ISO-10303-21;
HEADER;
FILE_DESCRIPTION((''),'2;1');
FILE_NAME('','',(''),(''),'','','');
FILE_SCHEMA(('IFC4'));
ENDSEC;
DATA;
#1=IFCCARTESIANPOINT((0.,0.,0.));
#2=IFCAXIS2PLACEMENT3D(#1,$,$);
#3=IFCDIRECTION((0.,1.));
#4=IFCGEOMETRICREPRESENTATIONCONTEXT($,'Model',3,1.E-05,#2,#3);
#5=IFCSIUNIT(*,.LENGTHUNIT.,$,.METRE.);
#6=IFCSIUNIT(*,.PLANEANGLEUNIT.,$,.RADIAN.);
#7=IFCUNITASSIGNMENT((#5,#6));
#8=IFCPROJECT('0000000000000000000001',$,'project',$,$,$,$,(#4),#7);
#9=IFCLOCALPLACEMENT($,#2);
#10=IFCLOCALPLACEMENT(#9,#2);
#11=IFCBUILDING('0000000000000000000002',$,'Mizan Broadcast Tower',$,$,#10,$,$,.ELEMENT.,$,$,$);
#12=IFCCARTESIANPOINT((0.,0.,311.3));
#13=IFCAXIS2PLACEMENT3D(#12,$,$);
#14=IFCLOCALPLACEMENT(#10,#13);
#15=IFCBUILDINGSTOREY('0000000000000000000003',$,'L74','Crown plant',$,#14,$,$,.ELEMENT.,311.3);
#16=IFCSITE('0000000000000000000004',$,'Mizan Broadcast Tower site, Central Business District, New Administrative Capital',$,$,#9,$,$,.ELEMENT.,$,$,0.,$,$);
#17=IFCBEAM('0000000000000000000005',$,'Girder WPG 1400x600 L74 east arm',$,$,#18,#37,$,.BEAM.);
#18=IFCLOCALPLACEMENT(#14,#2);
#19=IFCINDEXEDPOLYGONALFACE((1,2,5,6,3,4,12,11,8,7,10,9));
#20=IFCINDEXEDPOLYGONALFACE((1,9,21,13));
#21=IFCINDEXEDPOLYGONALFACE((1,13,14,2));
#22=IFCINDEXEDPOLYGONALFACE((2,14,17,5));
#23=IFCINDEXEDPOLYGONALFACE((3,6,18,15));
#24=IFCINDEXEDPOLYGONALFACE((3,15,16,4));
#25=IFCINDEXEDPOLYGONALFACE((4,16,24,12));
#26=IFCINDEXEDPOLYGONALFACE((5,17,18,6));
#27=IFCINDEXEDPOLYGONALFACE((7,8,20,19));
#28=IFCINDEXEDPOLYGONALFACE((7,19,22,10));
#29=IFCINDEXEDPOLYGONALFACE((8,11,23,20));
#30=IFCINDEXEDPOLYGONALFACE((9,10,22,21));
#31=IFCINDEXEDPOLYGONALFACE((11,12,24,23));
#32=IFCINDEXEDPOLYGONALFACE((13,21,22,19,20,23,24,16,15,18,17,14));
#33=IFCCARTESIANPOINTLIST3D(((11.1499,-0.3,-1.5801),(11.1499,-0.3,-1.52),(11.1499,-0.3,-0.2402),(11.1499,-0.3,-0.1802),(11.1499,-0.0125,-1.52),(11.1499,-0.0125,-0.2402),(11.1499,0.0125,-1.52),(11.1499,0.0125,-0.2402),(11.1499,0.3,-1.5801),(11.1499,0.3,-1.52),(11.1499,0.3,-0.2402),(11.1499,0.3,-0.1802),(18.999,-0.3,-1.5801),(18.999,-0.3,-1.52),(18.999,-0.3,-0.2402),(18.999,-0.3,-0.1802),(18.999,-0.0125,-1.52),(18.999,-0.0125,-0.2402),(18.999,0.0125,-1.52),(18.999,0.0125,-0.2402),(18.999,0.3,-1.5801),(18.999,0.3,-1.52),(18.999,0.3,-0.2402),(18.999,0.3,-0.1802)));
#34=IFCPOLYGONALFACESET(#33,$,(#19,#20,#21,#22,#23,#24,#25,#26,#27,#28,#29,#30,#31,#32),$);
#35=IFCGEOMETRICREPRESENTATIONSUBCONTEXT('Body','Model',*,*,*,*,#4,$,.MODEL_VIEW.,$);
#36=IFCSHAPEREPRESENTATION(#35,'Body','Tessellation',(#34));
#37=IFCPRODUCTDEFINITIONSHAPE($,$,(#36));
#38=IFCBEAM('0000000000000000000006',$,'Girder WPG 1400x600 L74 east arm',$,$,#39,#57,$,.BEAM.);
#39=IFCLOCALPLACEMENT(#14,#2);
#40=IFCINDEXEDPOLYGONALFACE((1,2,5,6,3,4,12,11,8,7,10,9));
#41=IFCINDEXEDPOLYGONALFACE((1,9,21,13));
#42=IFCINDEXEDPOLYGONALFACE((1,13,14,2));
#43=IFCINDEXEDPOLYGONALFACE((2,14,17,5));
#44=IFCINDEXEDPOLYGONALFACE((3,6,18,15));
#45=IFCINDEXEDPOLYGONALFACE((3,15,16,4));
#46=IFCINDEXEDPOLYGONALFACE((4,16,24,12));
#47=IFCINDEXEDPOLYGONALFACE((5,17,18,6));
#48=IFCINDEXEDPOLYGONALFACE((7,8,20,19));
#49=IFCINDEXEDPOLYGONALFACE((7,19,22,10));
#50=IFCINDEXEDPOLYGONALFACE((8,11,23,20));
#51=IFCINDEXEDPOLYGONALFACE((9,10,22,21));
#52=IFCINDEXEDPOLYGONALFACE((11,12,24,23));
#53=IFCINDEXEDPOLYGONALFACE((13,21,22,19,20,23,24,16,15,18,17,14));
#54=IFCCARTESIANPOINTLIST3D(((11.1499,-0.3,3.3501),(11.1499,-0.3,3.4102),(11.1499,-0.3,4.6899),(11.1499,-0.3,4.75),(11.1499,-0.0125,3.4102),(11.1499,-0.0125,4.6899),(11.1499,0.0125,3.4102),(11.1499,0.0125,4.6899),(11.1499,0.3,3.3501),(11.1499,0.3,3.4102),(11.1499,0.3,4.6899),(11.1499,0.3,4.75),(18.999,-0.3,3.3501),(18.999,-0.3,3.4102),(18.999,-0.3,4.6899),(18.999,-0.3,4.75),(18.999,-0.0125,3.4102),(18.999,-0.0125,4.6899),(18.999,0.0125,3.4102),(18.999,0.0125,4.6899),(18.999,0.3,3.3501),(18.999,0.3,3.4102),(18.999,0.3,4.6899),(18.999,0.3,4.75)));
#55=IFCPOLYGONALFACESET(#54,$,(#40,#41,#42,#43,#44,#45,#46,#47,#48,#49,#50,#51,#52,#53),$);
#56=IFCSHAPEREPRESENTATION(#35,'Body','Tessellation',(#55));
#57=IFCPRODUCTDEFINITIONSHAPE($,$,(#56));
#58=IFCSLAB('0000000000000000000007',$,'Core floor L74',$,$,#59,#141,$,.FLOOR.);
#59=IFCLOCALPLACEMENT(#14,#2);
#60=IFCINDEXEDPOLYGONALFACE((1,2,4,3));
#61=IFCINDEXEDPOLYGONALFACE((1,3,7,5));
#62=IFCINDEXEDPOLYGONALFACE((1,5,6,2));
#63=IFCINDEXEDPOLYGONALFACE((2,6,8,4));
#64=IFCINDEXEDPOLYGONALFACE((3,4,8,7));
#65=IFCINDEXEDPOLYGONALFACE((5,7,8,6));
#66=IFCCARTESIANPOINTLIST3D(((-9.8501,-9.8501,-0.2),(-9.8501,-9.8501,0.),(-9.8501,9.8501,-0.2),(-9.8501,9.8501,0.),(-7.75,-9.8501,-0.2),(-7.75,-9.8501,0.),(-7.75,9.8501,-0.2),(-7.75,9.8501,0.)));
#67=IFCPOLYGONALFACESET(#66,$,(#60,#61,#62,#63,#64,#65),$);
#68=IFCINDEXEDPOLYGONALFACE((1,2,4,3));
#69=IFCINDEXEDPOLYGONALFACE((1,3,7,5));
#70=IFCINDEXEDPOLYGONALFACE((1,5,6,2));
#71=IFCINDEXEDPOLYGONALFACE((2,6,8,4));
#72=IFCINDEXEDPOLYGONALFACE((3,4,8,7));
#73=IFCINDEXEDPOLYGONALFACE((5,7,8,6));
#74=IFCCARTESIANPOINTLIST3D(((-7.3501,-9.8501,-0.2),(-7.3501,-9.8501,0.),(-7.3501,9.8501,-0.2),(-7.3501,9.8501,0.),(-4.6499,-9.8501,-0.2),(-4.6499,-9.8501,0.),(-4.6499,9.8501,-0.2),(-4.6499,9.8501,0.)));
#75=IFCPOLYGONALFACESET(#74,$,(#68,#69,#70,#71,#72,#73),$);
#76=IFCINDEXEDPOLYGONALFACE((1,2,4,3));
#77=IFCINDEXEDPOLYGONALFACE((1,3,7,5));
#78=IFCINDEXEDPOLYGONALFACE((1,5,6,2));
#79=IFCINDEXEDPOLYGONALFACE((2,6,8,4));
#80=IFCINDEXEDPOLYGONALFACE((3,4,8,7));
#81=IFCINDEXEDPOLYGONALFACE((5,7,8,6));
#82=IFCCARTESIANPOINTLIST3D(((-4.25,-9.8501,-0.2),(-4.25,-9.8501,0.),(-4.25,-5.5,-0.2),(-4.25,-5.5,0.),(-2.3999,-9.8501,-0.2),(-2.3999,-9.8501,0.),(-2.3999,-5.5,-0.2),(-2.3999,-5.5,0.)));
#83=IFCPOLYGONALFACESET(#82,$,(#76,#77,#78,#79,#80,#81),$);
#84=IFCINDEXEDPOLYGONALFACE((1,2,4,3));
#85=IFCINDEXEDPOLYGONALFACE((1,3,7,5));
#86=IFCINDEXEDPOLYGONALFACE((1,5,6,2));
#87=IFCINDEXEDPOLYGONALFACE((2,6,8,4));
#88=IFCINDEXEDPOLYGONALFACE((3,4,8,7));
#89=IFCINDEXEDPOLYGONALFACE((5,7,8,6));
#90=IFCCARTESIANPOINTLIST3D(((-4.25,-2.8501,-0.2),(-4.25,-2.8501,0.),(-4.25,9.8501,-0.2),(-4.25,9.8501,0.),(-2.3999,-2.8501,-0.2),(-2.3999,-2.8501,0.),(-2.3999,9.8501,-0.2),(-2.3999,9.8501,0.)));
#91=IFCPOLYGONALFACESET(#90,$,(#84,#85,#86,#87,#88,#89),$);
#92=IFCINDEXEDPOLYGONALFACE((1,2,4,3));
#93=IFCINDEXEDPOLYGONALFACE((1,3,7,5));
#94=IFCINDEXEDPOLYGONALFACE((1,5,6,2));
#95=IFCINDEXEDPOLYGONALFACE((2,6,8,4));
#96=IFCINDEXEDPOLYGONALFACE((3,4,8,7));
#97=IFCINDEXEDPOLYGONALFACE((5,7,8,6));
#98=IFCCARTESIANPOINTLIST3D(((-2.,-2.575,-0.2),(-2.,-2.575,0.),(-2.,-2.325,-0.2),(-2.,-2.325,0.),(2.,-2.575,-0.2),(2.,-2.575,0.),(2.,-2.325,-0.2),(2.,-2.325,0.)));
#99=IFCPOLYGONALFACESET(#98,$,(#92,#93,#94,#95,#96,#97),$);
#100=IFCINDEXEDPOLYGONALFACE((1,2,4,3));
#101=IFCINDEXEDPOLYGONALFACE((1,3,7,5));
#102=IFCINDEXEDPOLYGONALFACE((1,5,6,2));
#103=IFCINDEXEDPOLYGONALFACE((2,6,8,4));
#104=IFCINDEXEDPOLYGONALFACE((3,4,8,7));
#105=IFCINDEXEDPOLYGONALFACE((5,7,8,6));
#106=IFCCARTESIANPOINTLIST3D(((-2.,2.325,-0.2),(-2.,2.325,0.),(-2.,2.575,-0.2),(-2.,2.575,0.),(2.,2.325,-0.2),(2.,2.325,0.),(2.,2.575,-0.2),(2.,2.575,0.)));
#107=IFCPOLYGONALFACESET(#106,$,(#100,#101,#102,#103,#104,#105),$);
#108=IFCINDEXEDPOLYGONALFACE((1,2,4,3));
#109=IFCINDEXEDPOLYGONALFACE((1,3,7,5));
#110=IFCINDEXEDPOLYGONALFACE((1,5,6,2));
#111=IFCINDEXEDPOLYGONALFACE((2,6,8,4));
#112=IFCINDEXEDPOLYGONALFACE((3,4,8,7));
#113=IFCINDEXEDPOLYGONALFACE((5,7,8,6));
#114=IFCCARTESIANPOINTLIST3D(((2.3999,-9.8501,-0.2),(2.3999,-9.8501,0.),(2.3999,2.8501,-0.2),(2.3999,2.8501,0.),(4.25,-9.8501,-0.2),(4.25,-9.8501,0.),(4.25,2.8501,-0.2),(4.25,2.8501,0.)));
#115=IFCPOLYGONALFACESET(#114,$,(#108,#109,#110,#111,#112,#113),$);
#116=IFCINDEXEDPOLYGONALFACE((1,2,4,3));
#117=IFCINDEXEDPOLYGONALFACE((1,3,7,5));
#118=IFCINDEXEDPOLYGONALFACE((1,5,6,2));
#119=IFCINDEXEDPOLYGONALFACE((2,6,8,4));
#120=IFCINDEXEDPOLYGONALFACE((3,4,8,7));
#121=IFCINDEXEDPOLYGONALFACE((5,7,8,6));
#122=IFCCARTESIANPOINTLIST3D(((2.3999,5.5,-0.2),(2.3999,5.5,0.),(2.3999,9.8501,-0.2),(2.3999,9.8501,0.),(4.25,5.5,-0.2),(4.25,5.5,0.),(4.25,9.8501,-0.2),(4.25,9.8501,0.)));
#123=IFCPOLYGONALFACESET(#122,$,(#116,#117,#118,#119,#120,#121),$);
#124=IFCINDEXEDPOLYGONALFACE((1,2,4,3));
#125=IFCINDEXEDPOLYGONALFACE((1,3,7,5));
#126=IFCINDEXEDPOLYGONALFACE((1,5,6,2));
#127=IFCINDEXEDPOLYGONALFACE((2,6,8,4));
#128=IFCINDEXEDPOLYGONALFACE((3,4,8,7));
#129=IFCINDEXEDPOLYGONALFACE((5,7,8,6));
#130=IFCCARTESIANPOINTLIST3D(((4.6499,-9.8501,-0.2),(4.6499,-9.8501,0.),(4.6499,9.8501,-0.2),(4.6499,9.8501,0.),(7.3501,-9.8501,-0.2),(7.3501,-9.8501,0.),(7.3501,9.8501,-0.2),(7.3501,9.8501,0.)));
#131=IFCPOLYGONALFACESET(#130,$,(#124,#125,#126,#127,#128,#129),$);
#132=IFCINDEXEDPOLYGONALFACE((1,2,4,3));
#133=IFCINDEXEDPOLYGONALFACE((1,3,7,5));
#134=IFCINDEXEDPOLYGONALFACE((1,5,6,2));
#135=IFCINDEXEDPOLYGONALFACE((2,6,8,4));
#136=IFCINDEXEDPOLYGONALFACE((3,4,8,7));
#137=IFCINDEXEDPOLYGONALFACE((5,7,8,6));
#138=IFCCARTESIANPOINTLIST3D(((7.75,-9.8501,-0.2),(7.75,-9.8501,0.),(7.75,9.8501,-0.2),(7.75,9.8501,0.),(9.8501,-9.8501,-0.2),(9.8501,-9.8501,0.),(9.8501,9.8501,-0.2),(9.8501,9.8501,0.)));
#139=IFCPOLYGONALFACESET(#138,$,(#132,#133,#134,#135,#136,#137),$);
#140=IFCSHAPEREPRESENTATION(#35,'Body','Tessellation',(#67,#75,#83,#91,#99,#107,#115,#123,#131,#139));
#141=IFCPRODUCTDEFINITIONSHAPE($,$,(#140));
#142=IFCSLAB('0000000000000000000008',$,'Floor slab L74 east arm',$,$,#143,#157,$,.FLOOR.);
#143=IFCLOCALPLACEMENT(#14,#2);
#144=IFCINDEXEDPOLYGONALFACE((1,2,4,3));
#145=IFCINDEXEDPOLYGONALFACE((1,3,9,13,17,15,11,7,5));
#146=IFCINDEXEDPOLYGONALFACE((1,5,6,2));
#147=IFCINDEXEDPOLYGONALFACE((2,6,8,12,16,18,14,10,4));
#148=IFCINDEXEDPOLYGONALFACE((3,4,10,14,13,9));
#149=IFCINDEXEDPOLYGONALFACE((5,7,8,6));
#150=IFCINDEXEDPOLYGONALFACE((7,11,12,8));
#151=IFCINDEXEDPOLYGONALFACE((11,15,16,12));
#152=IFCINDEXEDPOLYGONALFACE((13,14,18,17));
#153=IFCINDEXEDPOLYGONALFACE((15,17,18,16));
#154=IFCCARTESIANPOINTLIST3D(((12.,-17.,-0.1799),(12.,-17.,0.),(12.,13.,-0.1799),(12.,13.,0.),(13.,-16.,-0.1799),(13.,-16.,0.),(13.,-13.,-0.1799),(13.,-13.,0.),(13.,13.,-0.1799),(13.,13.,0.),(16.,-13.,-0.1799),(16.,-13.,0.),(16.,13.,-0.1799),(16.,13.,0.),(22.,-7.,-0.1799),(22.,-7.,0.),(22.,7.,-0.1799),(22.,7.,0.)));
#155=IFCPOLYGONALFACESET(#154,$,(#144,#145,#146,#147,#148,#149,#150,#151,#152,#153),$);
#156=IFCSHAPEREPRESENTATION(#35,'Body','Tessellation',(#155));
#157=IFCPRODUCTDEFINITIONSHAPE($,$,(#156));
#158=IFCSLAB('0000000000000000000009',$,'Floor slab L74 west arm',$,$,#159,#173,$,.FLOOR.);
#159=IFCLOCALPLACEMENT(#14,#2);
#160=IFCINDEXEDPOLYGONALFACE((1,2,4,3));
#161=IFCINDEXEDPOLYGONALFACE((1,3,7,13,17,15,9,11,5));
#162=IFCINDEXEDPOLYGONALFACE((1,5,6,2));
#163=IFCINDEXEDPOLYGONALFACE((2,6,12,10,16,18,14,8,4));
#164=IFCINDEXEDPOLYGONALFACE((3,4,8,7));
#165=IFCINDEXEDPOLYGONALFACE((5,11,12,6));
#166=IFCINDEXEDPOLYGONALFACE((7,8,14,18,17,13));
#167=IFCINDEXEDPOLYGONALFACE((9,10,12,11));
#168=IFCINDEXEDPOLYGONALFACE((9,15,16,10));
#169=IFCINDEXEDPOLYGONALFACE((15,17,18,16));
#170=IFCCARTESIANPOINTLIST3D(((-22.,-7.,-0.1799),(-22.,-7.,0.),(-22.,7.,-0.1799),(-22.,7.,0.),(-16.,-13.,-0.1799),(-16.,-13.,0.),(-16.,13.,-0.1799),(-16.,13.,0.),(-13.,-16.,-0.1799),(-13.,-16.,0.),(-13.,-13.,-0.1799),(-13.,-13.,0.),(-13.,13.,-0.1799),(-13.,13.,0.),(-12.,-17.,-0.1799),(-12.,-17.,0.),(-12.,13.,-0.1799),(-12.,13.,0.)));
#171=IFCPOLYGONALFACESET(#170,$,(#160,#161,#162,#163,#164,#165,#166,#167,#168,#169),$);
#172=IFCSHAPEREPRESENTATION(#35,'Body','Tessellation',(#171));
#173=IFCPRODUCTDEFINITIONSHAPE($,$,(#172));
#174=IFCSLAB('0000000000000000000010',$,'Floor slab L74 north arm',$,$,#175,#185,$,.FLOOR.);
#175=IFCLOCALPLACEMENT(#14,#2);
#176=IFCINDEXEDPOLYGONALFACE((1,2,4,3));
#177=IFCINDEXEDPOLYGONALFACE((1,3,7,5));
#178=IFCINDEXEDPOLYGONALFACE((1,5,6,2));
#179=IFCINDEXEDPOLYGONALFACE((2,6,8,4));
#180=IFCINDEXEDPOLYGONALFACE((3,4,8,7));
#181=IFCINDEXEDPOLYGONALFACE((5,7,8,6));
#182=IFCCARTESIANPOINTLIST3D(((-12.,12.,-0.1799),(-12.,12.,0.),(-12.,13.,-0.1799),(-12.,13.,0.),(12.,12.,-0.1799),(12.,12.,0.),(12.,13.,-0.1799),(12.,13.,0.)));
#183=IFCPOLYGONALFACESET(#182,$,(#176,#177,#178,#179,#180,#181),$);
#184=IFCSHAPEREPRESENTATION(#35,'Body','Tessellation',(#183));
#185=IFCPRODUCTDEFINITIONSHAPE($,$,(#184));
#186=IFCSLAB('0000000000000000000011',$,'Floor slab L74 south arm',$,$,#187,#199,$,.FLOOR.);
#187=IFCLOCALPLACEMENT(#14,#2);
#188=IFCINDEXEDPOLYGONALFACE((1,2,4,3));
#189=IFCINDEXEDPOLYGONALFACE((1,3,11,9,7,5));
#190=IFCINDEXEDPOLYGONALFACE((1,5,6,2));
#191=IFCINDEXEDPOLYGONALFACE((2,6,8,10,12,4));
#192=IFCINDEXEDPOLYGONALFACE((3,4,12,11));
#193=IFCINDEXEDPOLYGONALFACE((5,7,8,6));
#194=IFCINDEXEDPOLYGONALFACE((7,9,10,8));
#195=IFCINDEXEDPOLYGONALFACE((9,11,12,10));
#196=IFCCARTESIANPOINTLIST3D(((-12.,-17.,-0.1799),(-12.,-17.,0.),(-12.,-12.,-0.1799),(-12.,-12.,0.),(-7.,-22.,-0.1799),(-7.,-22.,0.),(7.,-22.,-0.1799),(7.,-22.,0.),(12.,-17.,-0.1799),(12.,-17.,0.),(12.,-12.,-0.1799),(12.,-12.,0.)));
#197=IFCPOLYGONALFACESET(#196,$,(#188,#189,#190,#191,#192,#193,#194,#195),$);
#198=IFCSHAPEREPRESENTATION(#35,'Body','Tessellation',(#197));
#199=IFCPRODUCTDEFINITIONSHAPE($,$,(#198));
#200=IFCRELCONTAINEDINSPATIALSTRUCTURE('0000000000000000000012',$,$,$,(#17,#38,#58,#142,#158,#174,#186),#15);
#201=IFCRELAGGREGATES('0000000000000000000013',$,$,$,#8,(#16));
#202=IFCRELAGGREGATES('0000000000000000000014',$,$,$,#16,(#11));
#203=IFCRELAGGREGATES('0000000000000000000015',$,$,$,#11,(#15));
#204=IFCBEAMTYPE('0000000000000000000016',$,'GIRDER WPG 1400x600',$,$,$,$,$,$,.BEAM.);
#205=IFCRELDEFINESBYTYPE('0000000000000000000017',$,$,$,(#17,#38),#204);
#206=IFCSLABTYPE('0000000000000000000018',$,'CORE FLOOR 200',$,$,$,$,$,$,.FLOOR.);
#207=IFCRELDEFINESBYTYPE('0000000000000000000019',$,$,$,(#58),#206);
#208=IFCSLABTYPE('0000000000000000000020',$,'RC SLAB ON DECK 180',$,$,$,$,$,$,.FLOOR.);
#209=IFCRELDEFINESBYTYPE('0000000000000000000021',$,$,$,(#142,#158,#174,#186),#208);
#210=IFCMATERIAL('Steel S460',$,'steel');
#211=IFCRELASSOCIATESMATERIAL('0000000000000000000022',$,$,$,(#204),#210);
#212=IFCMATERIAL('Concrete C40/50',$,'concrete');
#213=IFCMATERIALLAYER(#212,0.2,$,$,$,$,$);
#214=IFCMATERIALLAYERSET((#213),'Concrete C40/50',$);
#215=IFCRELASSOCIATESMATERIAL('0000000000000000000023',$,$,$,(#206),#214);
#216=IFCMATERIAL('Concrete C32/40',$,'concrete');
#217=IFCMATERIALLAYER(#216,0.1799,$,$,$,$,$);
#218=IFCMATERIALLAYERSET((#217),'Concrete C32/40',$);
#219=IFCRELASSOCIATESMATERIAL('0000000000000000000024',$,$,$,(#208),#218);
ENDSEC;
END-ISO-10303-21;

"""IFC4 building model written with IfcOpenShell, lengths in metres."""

from ifc_helpers import new_model, si_unit, direction, frame, origin, origin_2d, place, context, subcontext, project, spatial, polyline, i_section, outline, extrude, material, layer, layer_set, material_profile, profile_set, type_object, element, save


model = new_model("IFC4")

# Units and contexts
model_context = context("Model", 3, precision=1e-05, world=origin(), true_north=direction((0.0, 1.0)))
body_context = subcontext(model_context, "Body", "Model", "MODEL_VIEW")
ifc_project = project(units=[si_unit("LENGTHUNIT", "METRE"), si_unit("PLANEANGLEUNIT", "RADIAN")], contexts=[model_context])

# Site, building, storey
site_placement = place(None, origin())
site = spatial("IfcSite", under=ifc_project, at=site_placement, Name="Mizan Broadcast Tower site, Central Business District, New Administrative Capital", CompositionType="ELEMENT", RefElevation=0.0)
building_placement = place(site_placement, origin())
building = spatial("IfcBuilding", under=site, at=building_placement, Name="Mizan Broadcast Tower", CompositionType="ELEMENT")
storey_placement = place(building_placement, frame((0.0, 0.0, 311.3)))
storey = spatial("IfcBuildingStorey", under=building, at=storey_placement, Name="L74", Description="Crown plant", CompositionType="ELEMENT", Elevation=311.3)

# Beams
ifc_material_1 = material(Name="Steel S460", Category="steel")
ifc_material_profile = material_profile(ifc_material_1, i_section(OverallWidth=0.6001, OverallDepth=1.3999, WebThickness=0.0249, FlangeThickness=0.0601, at=origin_2d()), Name="WPG 1400x600")
ifc_profile_set = profile_set([ifc_material_profile], Name="Steel S460")
beam_type = type_object("IfcBeamType", Name="GIRDER WPG 1400x600", PredefinedType="BEAM", material=ifc_profile_set)
for number, where, z_axis, x_axis, name in (
    (1, (11.1499, 0.0, -0.8801), (1.0, 0.0, 0.0), (0.0, 1.0, 0.0), "Girder WPG 1400x600 L74 east arm"),
    (2, (11.1499, 0.0, 4.05), (1.0, 0.0, 0.0), (0.0, 1.0, 0.0), "Girder WPG 1400x600 L74 east arm"),
):
    element("IfcBeam", number, at=place(storey_placement, frame(where, z_axis=z_axis, x_axis=x_axis)), inside=storey, type_object=beam_type, Name=name, PredefinedType="BEAM", context=body_context, shape_type="SweptSolid", body=[
        extrude(i_section(OverallWidth=0.6001, OverallDepth=1.3999, WebThickness=0.0249, FlangeThickness=0.0601, at=origin_2d()), origin(), (0.0, 0.0, 1.0), 7.8491),
    ])

# Slabs
ifc_material_2 = material(Name="Concrete C40/50", Category="concrete")
ifc_layer_1 = layer(ifc_material_2, 0.2)
ifc_layer_set_1 = layer_set([ifc_layer_1], Name="Concrete C40/50")
slab_type_1 = type_object("IfcSlabType", Name="CORE FLOOR 200", PredefinedType="FLOOR", material=ifc_layer_set_1)
slab_1_placement = place(storey_placement, frame((0.0, 0.0, -0.2)))
element("IfcSlab", 3, at=slab_1_placement, inside=storey, type_object=slab_type_1, Name="Core floor L74", PredefinedType="FLOOR", context=body_context, shape_type="SweptSolid", body=[
    extrude(outline(polyline([(-9.8501, -9.8501), (-7.75, -9.8501), (-7.75, 9.8501), (-9.8501, 9.8501), (-9.8501, -9.8501)])), origin(), (0.0, 0.0, 1.0), 0.2),
    extrude(outline(polyline([(-4.6499, 9.8501), (-7.3501, 9.8501), (-7.3501, -9.8501), (-4.6499, -9.8501), (-4.6499, 9.8501)])), origin(), (0.0, 0.0, 1.0), 0.2),
    extrude(outline(polyline([(-4.25, -9.8501), (-2.3999, -9.8501), (-2.3999, -5.5), (-4.25, -5.5), (-4.25, -9.8501)])), origin(), (0.0, 0.0, 1.0), 0.2),
    extrude(outline(polyline([(-4.25, -2.8501), (-2.3999, -2.8501), (-2.3999, 9.8501), (-4.25, 9.8501), (-4.25, -2.8501)])), origin(), (0.0, 0.0, 1.0), 0.2),
    extrude(outline(polyline([(2.0, -2.325), (-2.0, -2.325), (-2.0, -2.575), (2.0, -2.575), (2.0, -2.325)])), origin(), (0.0, 0.0, 1.0), 0.2),
    extrude(outline(polyline([(2.0, 2.575), (-2.0, 2.575), (-2.0, 2.325), (2.0, 2.325), (2.0, 2.575)])), origin(), (0.0, 0.0, 1.0), 0.2),
    extrude(outline(polyline([(4.25, -9.8501), (4.25, 2.8501), (2.3999, 2.8501), (2.3999, -9.8501), (4.25, -9.8501)])), origin(), (0.0, 0.0, 1.0), 0.2),
    extrude(outline(polyline([(4.25, 5.5), (4.25, 9.8501), (2.3999, 9.8501), (2.3999, 5.5), (4.25, 5.5)])), origin(), (0.0, 0.0, 1.0), 0.2),
    extrude(outline(polyline([(7.3501, 9.8501), (4.6499, 9.8501), (4.6499, -9.8501), (7.3501, -9.8501), (7.3501, 9.8501)])), origin(), (0.0, 0.0, 1.0), 0.2),
    extrude(outline(polyline([(9.8501, -9.8501), (9.8501, 9.8501), (7.75, 9.8501), (7.75, -9.8501), (9.8501, -9.8501)])), origin(), (0.0, 0.0, 1.0), 0.2),
])
ifc_material_3 = material(Name="Concrete C32/40", Category="concrete")
ifc_layer_2 = layer(ifc_material_3, 0.1799)
ifc_layer_set_2 = layer_set([ifc_layer_2], Name="Concrete C32/40")
slab_type_2 = type_object("IfcSlabType", Name="RC SLAB ON DECK 180", PredefinedType="FLOOR", material=ifc_layer_set_2)
slab_2_placement = place(storey_placement, frame((0.0, 0.0, -0.1799)))
element("IfcSlab", 4, at=slab_2_placement, inside=storey, type_object=slab_type_2, Name="Floor slab L74 east arm", PredefinedType="FLOOR", context=body_context, shape_type="SweptSolid", body=[
    extrude(outline(polyline([(12.0, -17.0), (13.0, -16.0), (13.0, -13.0), (16.0, -13.0), (22.0, -7.0), (22.0, 7.0), (16.0, 13.0), (13.0, 13.0), (12.0, 13.0), (12.0, -17.0)])), origin(), (0.0, 0.0, 1.0), 0.1799),
])
slab_3_placement = place(storey_placement, frame((0.0, 0.0, -0.1799)))
element("IfcSlab", 5, at=slab_3_placement, inside=storey, type_object=slab_type_2, Name="Floor slab L74 west arm", PredefinedType="FLOOR", context=body_context, shape_type="SweptSolid", body=[
    extrude(outline(polyline([(-13.0, -16.0), (-12.0, -17.0), (-12.0, 13.0), (-13.0, 13.0), (-16.0, 13.0), (-22.0, 7.0), (-22.0, -7.0), (-16.0, -13.0), (-13.0, -13.0), (-13.0, -16.0)])), origin(), (0.0, 0.0, 1.0), 0.1799),
])
slab_4_placement = place(storey_placement, frame((0.0, 0.0, -0.1799)))
element("IfcSlab", 6, at=slab_4_placement, inside=storey, type_object=slab_type_2, Name="Floor slab L74 north arm", PredefinedType="FLOOR", context=body_context, shape_type="SweptSolid", body=[
    extrude(outline(polyline([(12.0, 13.0), (-12.0, 13.0), (-12.0, 12.0), (12.0, 12.0), (12.0, 13.0)])), origin(), (0.0, 0.0, 1.0), 0.1799),
])
slab_5_placement = place(storey_placement, frame((0.0, 0.0, -0.1799)))
element("IfcSlab", 7, at=slab_5_placement, inside=storey, type_object=slab_type_2, Name="Floor slab L74 south arm", PredefinedType="FLOOR", context=body_context, shape_type="SweptSolid", body=[
    extrude(outline(polyline([(7.0, -22.0), (12.0, -17.0), (12.0, -12.0), (-12.0, -12.0), (-12.0, -17.0), (-7.0, -22.0), (7.0, -22.0)])), origin(), (0.0, 0.0, 1.0), 0.1799),
])

save(model, "model.ifc")
